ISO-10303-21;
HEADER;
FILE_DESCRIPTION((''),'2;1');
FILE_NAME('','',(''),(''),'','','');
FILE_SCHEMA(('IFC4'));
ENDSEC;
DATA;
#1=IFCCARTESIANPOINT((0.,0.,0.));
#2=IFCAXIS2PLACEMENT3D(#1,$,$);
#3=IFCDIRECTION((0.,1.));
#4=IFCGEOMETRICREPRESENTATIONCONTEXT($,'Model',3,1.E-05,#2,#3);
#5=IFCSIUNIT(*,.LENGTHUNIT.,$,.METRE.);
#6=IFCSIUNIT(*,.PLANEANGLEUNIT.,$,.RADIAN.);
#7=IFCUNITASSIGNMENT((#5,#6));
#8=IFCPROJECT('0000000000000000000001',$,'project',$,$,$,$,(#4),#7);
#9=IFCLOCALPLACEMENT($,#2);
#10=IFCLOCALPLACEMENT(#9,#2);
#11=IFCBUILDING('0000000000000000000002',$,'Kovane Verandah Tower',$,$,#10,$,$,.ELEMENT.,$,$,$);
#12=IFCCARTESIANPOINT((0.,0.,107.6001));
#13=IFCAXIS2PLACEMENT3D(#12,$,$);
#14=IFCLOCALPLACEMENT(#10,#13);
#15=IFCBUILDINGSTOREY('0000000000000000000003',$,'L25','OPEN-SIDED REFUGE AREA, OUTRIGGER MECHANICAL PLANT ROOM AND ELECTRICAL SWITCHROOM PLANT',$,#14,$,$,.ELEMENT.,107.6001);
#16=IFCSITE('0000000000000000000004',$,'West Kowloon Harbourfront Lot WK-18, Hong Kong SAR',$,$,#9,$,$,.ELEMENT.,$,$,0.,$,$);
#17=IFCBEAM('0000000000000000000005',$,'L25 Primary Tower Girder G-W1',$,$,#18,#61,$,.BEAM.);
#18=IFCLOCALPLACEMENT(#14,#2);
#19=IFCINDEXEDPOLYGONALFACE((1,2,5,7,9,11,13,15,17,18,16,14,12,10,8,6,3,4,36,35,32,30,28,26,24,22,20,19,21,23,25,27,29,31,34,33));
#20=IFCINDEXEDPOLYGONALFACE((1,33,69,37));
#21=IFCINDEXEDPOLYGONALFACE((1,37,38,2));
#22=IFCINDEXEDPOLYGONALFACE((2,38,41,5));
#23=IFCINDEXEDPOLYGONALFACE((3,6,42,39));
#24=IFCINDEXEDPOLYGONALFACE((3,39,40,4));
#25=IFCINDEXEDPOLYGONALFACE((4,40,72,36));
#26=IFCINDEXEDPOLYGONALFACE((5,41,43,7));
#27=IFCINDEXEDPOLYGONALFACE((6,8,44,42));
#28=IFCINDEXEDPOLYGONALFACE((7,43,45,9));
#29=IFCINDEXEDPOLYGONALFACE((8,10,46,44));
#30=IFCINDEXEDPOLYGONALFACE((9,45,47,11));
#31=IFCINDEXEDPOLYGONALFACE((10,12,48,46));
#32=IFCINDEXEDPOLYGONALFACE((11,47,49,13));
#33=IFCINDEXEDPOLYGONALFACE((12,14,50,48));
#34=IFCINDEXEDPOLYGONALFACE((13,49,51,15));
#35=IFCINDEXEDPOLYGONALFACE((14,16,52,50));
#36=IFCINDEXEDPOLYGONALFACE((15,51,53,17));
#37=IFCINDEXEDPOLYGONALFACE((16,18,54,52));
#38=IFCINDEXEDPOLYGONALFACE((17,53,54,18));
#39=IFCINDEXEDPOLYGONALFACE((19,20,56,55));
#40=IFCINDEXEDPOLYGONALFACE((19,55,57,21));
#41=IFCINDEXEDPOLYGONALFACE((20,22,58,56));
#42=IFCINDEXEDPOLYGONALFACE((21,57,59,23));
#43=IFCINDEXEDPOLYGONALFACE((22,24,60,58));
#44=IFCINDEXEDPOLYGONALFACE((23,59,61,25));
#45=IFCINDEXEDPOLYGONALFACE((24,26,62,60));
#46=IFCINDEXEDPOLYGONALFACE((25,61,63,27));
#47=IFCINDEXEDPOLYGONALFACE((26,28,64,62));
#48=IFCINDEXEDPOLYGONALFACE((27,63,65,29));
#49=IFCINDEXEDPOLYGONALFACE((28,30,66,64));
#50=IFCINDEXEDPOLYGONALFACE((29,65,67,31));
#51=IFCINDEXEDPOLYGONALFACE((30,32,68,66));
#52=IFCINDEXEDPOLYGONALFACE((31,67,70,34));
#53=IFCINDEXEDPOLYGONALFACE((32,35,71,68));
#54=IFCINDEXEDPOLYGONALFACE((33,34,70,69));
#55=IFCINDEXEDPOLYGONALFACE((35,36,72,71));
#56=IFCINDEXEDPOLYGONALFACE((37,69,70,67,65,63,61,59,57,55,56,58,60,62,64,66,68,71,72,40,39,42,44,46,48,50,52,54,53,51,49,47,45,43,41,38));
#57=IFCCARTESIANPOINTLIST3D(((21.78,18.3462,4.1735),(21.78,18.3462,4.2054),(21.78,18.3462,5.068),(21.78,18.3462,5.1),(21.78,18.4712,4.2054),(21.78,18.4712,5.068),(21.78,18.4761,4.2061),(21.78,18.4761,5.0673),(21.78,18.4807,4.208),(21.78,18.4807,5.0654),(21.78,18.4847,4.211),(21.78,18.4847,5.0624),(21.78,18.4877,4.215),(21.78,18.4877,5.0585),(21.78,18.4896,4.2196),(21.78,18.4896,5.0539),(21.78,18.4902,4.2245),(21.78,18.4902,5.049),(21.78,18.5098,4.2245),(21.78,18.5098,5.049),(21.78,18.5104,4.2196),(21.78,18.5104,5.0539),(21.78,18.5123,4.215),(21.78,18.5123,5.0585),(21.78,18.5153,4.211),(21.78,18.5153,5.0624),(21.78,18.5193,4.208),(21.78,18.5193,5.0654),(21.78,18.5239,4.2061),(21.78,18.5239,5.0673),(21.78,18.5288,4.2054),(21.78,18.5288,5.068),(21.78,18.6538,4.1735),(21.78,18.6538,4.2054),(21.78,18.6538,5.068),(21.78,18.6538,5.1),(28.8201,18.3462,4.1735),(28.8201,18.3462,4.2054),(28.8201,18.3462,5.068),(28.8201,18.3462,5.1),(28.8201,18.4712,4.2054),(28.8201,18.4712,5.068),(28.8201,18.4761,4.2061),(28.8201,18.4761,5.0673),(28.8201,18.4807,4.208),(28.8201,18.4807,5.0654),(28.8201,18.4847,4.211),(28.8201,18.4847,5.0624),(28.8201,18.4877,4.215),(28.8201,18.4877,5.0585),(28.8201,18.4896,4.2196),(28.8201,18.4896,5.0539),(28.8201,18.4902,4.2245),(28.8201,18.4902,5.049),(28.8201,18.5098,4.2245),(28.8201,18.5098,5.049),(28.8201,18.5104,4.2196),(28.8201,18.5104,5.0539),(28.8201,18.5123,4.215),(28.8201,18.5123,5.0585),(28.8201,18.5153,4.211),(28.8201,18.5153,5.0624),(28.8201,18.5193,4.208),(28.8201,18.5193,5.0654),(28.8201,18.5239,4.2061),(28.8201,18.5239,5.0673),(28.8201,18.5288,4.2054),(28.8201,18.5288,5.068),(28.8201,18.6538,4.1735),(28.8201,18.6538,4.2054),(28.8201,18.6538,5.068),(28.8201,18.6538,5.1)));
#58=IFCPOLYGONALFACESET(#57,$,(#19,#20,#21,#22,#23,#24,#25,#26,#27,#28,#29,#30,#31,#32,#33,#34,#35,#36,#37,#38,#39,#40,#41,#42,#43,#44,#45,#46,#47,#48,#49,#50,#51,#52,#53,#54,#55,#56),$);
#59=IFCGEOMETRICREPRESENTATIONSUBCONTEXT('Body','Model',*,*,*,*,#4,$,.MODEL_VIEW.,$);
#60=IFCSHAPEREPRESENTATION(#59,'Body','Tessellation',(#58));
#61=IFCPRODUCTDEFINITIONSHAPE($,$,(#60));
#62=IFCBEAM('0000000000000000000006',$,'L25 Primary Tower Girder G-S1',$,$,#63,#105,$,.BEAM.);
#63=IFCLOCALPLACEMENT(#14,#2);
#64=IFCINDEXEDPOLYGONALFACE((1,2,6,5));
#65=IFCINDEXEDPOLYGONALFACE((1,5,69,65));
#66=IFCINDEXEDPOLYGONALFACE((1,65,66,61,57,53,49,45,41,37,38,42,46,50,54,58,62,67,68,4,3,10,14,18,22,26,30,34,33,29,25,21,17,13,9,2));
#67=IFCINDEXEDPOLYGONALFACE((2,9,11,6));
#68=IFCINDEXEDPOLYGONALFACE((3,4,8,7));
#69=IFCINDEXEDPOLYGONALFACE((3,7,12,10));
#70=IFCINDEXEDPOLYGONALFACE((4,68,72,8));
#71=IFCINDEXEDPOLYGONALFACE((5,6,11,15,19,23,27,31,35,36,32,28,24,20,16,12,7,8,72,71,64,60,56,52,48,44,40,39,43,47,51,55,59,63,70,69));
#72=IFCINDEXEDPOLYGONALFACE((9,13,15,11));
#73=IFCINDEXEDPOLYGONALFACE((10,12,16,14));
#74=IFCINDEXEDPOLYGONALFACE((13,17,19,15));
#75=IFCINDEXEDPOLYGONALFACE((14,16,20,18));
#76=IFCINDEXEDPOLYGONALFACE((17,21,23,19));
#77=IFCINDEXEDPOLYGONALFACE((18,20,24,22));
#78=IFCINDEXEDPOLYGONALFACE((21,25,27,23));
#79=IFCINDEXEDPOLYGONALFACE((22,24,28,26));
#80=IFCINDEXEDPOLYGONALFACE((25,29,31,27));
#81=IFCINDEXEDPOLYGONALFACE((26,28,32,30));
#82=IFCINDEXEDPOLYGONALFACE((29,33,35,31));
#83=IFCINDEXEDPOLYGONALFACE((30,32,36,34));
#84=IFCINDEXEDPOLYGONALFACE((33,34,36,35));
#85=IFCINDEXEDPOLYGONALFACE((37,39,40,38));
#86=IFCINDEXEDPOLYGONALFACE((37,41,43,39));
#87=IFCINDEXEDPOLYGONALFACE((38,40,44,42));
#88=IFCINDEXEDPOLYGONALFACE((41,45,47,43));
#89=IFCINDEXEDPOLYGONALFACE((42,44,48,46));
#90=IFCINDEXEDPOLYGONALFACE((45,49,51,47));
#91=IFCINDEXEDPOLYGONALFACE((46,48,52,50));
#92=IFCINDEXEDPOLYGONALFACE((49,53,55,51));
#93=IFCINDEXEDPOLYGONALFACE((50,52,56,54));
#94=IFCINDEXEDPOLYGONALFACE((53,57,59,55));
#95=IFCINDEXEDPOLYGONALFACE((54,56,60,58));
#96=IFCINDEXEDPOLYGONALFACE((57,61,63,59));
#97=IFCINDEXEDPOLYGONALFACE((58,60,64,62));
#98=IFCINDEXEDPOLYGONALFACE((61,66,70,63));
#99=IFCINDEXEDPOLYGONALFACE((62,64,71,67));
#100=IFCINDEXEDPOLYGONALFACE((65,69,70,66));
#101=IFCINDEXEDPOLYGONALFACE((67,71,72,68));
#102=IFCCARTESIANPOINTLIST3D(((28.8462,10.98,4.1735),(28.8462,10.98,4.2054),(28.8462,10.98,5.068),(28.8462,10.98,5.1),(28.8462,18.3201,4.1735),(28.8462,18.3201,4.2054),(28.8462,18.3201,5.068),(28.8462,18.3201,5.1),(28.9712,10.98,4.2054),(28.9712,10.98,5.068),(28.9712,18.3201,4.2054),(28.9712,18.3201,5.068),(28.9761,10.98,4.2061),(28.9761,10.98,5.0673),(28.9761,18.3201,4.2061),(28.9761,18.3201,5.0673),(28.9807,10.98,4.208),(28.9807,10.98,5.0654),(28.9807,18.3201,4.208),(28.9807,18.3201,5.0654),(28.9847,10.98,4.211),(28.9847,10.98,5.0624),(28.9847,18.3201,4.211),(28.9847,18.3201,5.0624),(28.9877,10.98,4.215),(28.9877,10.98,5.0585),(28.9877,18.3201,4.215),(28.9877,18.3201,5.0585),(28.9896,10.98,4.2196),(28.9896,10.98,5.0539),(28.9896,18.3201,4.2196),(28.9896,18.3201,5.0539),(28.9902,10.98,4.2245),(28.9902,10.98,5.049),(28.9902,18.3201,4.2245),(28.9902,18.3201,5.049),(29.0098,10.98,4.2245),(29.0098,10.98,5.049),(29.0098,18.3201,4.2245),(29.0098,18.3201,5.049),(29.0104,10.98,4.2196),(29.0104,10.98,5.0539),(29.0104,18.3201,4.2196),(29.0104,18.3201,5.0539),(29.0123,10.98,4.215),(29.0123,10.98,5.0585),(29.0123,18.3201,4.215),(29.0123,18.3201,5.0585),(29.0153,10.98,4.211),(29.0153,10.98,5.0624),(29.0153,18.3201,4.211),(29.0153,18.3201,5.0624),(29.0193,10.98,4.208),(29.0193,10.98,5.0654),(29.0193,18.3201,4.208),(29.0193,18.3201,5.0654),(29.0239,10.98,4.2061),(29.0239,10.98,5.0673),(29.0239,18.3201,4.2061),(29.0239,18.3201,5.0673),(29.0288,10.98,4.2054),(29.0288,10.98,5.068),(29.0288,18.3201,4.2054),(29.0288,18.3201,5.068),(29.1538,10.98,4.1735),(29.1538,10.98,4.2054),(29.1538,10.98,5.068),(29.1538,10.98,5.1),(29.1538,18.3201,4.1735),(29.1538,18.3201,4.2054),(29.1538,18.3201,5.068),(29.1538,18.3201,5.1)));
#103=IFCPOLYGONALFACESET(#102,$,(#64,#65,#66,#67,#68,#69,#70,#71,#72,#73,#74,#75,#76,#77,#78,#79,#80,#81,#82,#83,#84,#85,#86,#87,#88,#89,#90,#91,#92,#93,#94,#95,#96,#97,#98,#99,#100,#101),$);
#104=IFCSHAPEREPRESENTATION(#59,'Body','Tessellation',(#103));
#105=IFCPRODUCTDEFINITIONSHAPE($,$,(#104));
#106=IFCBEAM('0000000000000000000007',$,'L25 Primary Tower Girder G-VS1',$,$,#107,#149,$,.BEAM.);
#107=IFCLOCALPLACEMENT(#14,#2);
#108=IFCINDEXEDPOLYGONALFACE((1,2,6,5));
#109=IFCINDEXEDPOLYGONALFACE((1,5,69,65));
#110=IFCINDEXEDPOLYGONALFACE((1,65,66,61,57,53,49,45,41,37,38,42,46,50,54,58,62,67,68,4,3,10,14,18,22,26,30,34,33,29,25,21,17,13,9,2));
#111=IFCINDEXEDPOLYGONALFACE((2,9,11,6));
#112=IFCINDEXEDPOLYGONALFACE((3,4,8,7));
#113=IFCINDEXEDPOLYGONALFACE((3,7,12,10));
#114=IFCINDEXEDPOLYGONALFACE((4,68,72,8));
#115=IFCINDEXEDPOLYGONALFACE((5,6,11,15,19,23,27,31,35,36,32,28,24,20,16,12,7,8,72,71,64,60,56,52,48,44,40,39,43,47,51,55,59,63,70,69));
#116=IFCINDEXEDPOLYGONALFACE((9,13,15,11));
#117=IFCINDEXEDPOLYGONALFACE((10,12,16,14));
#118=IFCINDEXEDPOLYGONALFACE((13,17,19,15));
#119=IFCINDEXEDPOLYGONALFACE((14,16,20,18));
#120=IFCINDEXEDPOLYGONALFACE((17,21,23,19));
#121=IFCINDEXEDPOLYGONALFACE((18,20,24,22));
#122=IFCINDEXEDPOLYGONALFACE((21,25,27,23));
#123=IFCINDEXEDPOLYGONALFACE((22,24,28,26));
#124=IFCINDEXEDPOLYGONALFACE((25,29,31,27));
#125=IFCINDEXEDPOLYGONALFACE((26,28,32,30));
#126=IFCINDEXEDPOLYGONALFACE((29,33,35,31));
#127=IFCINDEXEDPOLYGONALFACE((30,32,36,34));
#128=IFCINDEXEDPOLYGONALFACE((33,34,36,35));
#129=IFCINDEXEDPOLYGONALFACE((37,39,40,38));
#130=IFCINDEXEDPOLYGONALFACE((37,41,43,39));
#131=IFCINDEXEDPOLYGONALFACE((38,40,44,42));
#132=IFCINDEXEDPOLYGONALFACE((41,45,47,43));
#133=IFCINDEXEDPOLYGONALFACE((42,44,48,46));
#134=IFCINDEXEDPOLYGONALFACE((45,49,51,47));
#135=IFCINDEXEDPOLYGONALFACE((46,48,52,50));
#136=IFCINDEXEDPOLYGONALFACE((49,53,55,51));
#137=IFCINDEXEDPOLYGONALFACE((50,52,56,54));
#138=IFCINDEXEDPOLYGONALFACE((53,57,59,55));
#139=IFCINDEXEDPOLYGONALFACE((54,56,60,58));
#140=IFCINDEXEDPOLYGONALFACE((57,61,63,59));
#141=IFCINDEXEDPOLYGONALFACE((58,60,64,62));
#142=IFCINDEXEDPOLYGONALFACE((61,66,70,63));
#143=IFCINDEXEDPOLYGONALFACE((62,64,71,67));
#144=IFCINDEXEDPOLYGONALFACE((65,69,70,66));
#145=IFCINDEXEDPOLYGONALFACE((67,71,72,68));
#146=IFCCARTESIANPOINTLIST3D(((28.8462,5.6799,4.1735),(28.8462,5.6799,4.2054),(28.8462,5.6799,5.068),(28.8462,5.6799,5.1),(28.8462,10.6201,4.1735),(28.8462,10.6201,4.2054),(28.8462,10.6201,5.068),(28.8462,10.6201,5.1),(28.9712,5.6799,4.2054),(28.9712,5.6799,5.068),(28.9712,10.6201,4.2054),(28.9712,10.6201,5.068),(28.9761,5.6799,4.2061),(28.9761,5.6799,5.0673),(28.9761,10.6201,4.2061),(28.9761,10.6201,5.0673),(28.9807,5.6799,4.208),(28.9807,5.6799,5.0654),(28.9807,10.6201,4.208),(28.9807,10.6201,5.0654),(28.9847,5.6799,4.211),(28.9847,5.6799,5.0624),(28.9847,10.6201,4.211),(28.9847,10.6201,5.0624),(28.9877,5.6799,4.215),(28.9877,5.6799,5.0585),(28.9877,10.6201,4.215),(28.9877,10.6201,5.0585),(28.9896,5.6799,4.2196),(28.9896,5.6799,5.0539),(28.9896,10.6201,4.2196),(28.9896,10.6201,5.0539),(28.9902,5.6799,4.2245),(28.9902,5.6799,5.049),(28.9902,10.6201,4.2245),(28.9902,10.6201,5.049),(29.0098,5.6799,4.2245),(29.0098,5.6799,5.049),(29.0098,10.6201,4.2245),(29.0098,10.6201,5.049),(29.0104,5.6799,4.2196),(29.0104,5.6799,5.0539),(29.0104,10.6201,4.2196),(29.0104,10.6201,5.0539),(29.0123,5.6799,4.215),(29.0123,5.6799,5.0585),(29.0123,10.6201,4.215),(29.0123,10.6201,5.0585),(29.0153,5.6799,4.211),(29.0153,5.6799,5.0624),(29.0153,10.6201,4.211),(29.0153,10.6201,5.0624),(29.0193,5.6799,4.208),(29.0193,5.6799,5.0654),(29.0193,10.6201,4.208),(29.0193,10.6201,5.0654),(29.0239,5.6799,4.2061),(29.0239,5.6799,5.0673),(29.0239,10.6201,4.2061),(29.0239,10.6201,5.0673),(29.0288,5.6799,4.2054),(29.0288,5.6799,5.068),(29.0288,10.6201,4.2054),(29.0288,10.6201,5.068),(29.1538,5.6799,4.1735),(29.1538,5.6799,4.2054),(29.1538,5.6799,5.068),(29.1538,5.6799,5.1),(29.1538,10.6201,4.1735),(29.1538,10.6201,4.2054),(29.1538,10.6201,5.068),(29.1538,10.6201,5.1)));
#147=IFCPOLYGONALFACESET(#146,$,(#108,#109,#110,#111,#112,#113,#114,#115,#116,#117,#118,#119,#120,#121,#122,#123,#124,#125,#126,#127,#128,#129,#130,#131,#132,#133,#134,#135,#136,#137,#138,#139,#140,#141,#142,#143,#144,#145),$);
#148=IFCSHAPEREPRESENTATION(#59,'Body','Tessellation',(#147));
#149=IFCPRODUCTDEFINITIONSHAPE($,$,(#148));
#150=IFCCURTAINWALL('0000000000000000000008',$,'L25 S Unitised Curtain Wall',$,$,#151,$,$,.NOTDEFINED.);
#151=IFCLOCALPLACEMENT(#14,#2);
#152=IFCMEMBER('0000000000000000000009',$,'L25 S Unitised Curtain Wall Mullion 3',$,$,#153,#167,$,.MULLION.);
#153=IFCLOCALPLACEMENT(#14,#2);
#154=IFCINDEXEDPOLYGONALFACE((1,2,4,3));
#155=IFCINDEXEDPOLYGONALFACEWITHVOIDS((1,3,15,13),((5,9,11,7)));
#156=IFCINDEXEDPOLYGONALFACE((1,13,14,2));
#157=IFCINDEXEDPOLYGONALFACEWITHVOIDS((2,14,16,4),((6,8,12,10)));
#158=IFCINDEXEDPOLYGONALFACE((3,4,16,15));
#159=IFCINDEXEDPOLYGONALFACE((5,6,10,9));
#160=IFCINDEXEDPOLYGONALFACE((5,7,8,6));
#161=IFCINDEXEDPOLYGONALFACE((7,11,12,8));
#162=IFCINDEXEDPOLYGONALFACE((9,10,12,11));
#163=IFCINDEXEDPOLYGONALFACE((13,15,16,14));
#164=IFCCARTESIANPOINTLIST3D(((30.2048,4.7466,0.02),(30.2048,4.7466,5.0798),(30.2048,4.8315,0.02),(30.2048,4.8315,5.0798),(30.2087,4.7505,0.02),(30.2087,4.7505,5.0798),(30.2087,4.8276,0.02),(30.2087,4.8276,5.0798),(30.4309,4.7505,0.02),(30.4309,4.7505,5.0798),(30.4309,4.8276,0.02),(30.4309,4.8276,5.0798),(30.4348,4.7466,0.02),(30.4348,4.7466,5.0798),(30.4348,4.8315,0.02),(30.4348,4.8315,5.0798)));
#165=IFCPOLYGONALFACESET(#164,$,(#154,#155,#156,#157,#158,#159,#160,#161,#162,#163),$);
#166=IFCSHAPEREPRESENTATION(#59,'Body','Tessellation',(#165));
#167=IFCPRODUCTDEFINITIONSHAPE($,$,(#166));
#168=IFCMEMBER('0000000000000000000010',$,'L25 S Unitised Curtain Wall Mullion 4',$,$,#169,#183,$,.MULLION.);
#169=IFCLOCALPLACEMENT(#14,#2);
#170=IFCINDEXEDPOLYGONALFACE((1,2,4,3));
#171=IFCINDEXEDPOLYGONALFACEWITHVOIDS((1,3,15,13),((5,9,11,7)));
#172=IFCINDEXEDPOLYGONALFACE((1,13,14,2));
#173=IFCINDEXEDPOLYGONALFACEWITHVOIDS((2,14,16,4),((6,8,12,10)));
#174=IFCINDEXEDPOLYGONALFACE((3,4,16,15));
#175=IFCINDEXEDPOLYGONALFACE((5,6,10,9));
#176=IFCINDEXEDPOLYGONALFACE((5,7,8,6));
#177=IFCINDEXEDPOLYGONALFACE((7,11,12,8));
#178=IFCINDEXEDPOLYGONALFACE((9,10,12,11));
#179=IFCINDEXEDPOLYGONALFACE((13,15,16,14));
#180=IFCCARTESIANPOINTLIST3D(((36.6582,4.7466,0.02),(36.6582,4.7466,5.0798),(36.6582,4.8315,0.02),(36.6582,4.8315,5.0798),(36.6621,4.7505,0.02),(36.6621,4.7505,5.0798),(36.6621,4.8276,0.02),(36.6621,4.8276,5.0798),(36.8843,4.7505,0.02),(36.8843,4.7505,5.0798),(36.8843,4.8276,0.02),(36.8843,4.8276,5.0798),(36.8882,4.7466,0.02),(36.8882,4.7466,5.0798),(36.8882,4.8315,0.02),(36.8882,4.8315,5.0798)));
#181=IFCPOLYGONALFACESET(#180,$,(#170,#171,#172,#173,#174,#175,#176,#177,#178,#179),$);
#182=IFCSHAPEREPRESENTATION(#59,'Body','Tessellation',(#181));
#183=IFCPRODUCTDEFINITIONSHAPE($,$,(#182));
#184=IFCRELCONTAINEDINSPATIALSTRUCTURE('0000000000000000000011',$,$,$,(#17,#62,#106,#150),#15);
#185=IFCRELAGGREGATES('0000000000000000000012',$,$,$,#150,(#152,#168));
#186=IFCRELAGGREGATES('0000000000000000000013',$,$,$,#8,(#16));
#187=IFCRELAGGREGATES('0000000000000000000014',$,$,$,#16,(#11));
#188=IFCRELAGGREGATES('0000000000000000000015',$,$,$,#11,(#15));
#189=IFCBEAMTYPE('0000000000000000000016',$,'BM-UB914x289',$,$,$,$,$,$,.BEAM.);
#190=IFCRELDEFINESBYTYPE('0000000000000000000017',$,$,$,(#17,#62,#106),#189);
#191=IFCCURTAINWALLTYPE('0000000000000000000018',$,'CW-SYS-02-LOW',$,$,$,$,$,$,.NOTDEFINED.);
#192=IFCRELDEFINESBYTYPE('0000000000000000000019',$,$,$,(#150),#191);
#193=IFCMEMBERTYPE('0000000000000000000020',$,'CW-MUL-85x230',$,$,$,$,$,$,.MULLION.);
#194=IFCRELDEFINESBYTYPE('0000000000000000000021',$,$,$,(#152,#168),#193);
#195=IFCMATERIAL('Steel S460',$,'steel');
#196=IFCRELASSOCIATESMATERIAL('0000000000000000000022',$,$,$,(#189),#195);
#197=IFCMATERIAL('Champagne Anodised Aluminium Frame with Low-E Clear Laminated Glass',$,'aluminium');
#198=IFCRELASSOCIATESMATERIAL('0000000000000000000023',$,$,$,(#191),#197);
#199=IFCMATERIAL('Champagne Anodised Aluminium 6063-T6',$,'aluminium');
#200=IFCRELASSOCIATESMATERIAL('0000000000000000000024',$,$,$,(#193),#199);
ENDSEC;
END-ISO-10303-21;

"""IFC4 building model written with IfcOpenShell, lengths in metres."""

from ifc_helpers import new_model, si_unit, direction, frame, origin, origin_2d, place, context, subcontext, project, spatial, hollow_rectangle, i_section, extrude, material, material_profile, profile_set, type_object, element, aggregate, save


model = new_model("IFC4")

# Units and contexts
model_context = context("Model", 3, precision=1e-05, world=origin(), true_north=direction((0.0, 1.0)))
body_context = subcontext(model_context, "Body", "Model", "MODEL_VIEW")
ifc_project = project(units=[si_unit("LENGTHUNIT", "METRE"), si_unit("PLANEANGLEUNIT", "RADIAN")], contexts=[model_context])

# Site, building, storey
site_placement = place(None, origin())
site = spatial("IfcSite", under=ifc_project, at=site_placement, Name="West Kowloon Harbourfront Lot WK-18, Hong Kong SAR", CompositionType="ELEMENT", RefElevation=0.0)
building_placement = place(site_placement, origin())
building = spatial("IfcBuilding", under=site, at=building_placement, Name="Kovane Verandah Tower", CompositionType="ELEMENT")
storey_placement = place(building_placement, frame((0.0, 0.0, 107.6001)))
storey = spatial("IfcBuildingStorey", under=building, at=storey_placement, Name="L25", Description="OPEN-SIDED REFUGE AREA, OUTRIGGER MECHANICAL PLANT ROOM AND ELECTRICAL SWITCHROOM PLANT", CompositionType="ELEMENT", Elevation=107.6001)

# Shared definitions
ifc_material_1 = material(Name="Steel S460", Category="steel")

# Beams
ifc_material_profile_1 = material_profile(ifc_material_1, i_section(OverallWidth=0.3076, OverallDepth=0.9265, WebThickness=0.0195, FlangeThickness=0.032, FilletRadius=0.019, at=origin_2d()), Name="UB914x305x289")
ifc_profile_set_1 = profile_set([ifc_material_profile_1], Name="Steel S460")
beam_type_1 = type_object("IfcBeamType", Name="BM-UB914x289", PredefinedType="BEAM", material=ifc_profile_set_1)
beam_1_placement = place(storey_placement, frame((28.8201, 18.5, 4.6367), z_axis=(-1.0, 0.0, 0.0), x_axis=(0.0, -1.0, 0.0)))
element("IfcBeam", 1, at=beam_1_placement, inside=storey, type_object=beam_type_1, Name="L25 Primary Tower Girder G-W1", PredefinedType="BEAM", context=body_context, shape_type="SweptSolid", body=[
    extrude(i_section(OverallWidth=0.3076, OverallDepth=0.9265, WebThickness=0.0195, FlangeThickness=0.032, FilletRadius=0.019, at=origin_2d()), origin(), (0.0, 0.0, 1.0), 7.04),
])
beam_2_placement = place(storey_placement, frame((29.0, 18.3201, 4.6367), z_axis=(0.0, -1.0, 0.0), x_axis=(1.0, 0.0, 0.0)))
element("IfcBeam", 2, at=beam_2_placement, inside=storey, type_object=beam_type_1, Name="L25 Primary Tower Girder G-S1", PredefinedType="BEAM", context=body_context, shape_type="SweptSolid", body=[
    extrude(i_section(OverallWidth=0.3076, OverallDepth=0.9265, WebThickness=0.0195, FlangeThickness=0.032, FilletRadius=0.019, at=origin_2d()), origin(), (0.0, 0.0, 1.0), 7.3401),
])
beam_3_placement = place(storey_placement, frame((29.0, 10.6201, 4.6367), z_axis=(0.0, -1.0, 0.0), x_axis=(1.0, 0.0, 0.0)))
element("IfcBeam", 3, at=beam_3_placement, inside=storey, type_object=beam_type_1, Name="L25 Primary Tower Girder G-VS1", PredefinedType="BEAM", context=body_context, shape_type="SweptSolid", body=[
    extrude(i_section(OverallWidth=0.3076, OverallDepth=0.9265, WebThickness=0.0195, FlangeThickness=0.032, FilletRadius=0.019, at=origin_2d()), origin(), (0.0, 0.0, 1.0), 4.9402),
])

# Curtain wall, members
ifc_material_2 = material(Name="Champagne Anodised Aluminium Frame with Low-E Clear Laminated Glass", Category="aluminium")
curtain_wall_type = type_object("IfcCurtainWallType", Name="CW-SYS-02-LOW", PredefinedType="NOTDEFINED", material=ifc_material_2)
curtain_wall_placement = place(storey_placement, origin())
curtain_wall = element("IfcCurtainWall", 4, at=curtain_wall_placement, inside=storey, type_object=curtain_wall_type, Name="L25 S Unitised Curtain Wall", PredefinedType="NOTDEFINED")
ifc_material_3 = material(Name="Champagne Anodised Aluminium 6063-T6", Category="aluminium")
ifc_material_profile_2 = material_profile(ifc_material_3, hollow_rectangle(XDim=0.085, YDim=0.23, WallThickness=0.0039, at=origin_2d()), Name="AL85x230x4")
ifc_profile_set_2 = profile_set([ifc_material_profile_2], Name="Champagne Anodised Aluminium 6063-T6")
member_type_1 = type_object("IfcMemberType", Name="CW-MUL-85x230", PredefinedType="MULLION", material=ifc_profile_set_2)
member_1_placement = place(storey_placement, frame((30.3198, 4.7891, 0.02), z_axis=(0.0, 0.0, 1.0), x_axis=(0.0, -1.0, 0.0)))
member_1 = element("IfcMember", 5, at=member_1_placement, type_object=member_type_1, Name="L25 S Unitised Curtain Wall Mullion 3", PredefinedType="MULLION", context=body_context, shape_type="SweptSolid", body=[
    extrude(hollow_rectangle(XDim=0.085, YDim=0.23, WallThickness=0.0039, at=origin_2d()), origin(), (0.0, 0.0, 1.0), 5.0598),
])
member_2_placement = place(storey_placement, frame((36.7732, 4.7891, 0.02), z_axis=(0.0, 0.0, 1.0), x_axis=(0.0, -1.0, 0.0)))
member_2 = element("IfcMember", 6, at=member_2_placement, type_object=member_type_1, Name="L25 S Unitised Curtain Wall Mullion 4", PredefinedType="MULLION", context=body_context, shape_type="SweptSolid", body=[
    extrude(hollow_rectangle(XDim=0.085, YDim=0.23, WallThickness=0.0039, at=origin_2d()), origin(), (0.0, 0.0, 1.0), 5.0598),
])
aggregate(curtain_wall, [member_1, member_2])

save(model, "model.ifc")
